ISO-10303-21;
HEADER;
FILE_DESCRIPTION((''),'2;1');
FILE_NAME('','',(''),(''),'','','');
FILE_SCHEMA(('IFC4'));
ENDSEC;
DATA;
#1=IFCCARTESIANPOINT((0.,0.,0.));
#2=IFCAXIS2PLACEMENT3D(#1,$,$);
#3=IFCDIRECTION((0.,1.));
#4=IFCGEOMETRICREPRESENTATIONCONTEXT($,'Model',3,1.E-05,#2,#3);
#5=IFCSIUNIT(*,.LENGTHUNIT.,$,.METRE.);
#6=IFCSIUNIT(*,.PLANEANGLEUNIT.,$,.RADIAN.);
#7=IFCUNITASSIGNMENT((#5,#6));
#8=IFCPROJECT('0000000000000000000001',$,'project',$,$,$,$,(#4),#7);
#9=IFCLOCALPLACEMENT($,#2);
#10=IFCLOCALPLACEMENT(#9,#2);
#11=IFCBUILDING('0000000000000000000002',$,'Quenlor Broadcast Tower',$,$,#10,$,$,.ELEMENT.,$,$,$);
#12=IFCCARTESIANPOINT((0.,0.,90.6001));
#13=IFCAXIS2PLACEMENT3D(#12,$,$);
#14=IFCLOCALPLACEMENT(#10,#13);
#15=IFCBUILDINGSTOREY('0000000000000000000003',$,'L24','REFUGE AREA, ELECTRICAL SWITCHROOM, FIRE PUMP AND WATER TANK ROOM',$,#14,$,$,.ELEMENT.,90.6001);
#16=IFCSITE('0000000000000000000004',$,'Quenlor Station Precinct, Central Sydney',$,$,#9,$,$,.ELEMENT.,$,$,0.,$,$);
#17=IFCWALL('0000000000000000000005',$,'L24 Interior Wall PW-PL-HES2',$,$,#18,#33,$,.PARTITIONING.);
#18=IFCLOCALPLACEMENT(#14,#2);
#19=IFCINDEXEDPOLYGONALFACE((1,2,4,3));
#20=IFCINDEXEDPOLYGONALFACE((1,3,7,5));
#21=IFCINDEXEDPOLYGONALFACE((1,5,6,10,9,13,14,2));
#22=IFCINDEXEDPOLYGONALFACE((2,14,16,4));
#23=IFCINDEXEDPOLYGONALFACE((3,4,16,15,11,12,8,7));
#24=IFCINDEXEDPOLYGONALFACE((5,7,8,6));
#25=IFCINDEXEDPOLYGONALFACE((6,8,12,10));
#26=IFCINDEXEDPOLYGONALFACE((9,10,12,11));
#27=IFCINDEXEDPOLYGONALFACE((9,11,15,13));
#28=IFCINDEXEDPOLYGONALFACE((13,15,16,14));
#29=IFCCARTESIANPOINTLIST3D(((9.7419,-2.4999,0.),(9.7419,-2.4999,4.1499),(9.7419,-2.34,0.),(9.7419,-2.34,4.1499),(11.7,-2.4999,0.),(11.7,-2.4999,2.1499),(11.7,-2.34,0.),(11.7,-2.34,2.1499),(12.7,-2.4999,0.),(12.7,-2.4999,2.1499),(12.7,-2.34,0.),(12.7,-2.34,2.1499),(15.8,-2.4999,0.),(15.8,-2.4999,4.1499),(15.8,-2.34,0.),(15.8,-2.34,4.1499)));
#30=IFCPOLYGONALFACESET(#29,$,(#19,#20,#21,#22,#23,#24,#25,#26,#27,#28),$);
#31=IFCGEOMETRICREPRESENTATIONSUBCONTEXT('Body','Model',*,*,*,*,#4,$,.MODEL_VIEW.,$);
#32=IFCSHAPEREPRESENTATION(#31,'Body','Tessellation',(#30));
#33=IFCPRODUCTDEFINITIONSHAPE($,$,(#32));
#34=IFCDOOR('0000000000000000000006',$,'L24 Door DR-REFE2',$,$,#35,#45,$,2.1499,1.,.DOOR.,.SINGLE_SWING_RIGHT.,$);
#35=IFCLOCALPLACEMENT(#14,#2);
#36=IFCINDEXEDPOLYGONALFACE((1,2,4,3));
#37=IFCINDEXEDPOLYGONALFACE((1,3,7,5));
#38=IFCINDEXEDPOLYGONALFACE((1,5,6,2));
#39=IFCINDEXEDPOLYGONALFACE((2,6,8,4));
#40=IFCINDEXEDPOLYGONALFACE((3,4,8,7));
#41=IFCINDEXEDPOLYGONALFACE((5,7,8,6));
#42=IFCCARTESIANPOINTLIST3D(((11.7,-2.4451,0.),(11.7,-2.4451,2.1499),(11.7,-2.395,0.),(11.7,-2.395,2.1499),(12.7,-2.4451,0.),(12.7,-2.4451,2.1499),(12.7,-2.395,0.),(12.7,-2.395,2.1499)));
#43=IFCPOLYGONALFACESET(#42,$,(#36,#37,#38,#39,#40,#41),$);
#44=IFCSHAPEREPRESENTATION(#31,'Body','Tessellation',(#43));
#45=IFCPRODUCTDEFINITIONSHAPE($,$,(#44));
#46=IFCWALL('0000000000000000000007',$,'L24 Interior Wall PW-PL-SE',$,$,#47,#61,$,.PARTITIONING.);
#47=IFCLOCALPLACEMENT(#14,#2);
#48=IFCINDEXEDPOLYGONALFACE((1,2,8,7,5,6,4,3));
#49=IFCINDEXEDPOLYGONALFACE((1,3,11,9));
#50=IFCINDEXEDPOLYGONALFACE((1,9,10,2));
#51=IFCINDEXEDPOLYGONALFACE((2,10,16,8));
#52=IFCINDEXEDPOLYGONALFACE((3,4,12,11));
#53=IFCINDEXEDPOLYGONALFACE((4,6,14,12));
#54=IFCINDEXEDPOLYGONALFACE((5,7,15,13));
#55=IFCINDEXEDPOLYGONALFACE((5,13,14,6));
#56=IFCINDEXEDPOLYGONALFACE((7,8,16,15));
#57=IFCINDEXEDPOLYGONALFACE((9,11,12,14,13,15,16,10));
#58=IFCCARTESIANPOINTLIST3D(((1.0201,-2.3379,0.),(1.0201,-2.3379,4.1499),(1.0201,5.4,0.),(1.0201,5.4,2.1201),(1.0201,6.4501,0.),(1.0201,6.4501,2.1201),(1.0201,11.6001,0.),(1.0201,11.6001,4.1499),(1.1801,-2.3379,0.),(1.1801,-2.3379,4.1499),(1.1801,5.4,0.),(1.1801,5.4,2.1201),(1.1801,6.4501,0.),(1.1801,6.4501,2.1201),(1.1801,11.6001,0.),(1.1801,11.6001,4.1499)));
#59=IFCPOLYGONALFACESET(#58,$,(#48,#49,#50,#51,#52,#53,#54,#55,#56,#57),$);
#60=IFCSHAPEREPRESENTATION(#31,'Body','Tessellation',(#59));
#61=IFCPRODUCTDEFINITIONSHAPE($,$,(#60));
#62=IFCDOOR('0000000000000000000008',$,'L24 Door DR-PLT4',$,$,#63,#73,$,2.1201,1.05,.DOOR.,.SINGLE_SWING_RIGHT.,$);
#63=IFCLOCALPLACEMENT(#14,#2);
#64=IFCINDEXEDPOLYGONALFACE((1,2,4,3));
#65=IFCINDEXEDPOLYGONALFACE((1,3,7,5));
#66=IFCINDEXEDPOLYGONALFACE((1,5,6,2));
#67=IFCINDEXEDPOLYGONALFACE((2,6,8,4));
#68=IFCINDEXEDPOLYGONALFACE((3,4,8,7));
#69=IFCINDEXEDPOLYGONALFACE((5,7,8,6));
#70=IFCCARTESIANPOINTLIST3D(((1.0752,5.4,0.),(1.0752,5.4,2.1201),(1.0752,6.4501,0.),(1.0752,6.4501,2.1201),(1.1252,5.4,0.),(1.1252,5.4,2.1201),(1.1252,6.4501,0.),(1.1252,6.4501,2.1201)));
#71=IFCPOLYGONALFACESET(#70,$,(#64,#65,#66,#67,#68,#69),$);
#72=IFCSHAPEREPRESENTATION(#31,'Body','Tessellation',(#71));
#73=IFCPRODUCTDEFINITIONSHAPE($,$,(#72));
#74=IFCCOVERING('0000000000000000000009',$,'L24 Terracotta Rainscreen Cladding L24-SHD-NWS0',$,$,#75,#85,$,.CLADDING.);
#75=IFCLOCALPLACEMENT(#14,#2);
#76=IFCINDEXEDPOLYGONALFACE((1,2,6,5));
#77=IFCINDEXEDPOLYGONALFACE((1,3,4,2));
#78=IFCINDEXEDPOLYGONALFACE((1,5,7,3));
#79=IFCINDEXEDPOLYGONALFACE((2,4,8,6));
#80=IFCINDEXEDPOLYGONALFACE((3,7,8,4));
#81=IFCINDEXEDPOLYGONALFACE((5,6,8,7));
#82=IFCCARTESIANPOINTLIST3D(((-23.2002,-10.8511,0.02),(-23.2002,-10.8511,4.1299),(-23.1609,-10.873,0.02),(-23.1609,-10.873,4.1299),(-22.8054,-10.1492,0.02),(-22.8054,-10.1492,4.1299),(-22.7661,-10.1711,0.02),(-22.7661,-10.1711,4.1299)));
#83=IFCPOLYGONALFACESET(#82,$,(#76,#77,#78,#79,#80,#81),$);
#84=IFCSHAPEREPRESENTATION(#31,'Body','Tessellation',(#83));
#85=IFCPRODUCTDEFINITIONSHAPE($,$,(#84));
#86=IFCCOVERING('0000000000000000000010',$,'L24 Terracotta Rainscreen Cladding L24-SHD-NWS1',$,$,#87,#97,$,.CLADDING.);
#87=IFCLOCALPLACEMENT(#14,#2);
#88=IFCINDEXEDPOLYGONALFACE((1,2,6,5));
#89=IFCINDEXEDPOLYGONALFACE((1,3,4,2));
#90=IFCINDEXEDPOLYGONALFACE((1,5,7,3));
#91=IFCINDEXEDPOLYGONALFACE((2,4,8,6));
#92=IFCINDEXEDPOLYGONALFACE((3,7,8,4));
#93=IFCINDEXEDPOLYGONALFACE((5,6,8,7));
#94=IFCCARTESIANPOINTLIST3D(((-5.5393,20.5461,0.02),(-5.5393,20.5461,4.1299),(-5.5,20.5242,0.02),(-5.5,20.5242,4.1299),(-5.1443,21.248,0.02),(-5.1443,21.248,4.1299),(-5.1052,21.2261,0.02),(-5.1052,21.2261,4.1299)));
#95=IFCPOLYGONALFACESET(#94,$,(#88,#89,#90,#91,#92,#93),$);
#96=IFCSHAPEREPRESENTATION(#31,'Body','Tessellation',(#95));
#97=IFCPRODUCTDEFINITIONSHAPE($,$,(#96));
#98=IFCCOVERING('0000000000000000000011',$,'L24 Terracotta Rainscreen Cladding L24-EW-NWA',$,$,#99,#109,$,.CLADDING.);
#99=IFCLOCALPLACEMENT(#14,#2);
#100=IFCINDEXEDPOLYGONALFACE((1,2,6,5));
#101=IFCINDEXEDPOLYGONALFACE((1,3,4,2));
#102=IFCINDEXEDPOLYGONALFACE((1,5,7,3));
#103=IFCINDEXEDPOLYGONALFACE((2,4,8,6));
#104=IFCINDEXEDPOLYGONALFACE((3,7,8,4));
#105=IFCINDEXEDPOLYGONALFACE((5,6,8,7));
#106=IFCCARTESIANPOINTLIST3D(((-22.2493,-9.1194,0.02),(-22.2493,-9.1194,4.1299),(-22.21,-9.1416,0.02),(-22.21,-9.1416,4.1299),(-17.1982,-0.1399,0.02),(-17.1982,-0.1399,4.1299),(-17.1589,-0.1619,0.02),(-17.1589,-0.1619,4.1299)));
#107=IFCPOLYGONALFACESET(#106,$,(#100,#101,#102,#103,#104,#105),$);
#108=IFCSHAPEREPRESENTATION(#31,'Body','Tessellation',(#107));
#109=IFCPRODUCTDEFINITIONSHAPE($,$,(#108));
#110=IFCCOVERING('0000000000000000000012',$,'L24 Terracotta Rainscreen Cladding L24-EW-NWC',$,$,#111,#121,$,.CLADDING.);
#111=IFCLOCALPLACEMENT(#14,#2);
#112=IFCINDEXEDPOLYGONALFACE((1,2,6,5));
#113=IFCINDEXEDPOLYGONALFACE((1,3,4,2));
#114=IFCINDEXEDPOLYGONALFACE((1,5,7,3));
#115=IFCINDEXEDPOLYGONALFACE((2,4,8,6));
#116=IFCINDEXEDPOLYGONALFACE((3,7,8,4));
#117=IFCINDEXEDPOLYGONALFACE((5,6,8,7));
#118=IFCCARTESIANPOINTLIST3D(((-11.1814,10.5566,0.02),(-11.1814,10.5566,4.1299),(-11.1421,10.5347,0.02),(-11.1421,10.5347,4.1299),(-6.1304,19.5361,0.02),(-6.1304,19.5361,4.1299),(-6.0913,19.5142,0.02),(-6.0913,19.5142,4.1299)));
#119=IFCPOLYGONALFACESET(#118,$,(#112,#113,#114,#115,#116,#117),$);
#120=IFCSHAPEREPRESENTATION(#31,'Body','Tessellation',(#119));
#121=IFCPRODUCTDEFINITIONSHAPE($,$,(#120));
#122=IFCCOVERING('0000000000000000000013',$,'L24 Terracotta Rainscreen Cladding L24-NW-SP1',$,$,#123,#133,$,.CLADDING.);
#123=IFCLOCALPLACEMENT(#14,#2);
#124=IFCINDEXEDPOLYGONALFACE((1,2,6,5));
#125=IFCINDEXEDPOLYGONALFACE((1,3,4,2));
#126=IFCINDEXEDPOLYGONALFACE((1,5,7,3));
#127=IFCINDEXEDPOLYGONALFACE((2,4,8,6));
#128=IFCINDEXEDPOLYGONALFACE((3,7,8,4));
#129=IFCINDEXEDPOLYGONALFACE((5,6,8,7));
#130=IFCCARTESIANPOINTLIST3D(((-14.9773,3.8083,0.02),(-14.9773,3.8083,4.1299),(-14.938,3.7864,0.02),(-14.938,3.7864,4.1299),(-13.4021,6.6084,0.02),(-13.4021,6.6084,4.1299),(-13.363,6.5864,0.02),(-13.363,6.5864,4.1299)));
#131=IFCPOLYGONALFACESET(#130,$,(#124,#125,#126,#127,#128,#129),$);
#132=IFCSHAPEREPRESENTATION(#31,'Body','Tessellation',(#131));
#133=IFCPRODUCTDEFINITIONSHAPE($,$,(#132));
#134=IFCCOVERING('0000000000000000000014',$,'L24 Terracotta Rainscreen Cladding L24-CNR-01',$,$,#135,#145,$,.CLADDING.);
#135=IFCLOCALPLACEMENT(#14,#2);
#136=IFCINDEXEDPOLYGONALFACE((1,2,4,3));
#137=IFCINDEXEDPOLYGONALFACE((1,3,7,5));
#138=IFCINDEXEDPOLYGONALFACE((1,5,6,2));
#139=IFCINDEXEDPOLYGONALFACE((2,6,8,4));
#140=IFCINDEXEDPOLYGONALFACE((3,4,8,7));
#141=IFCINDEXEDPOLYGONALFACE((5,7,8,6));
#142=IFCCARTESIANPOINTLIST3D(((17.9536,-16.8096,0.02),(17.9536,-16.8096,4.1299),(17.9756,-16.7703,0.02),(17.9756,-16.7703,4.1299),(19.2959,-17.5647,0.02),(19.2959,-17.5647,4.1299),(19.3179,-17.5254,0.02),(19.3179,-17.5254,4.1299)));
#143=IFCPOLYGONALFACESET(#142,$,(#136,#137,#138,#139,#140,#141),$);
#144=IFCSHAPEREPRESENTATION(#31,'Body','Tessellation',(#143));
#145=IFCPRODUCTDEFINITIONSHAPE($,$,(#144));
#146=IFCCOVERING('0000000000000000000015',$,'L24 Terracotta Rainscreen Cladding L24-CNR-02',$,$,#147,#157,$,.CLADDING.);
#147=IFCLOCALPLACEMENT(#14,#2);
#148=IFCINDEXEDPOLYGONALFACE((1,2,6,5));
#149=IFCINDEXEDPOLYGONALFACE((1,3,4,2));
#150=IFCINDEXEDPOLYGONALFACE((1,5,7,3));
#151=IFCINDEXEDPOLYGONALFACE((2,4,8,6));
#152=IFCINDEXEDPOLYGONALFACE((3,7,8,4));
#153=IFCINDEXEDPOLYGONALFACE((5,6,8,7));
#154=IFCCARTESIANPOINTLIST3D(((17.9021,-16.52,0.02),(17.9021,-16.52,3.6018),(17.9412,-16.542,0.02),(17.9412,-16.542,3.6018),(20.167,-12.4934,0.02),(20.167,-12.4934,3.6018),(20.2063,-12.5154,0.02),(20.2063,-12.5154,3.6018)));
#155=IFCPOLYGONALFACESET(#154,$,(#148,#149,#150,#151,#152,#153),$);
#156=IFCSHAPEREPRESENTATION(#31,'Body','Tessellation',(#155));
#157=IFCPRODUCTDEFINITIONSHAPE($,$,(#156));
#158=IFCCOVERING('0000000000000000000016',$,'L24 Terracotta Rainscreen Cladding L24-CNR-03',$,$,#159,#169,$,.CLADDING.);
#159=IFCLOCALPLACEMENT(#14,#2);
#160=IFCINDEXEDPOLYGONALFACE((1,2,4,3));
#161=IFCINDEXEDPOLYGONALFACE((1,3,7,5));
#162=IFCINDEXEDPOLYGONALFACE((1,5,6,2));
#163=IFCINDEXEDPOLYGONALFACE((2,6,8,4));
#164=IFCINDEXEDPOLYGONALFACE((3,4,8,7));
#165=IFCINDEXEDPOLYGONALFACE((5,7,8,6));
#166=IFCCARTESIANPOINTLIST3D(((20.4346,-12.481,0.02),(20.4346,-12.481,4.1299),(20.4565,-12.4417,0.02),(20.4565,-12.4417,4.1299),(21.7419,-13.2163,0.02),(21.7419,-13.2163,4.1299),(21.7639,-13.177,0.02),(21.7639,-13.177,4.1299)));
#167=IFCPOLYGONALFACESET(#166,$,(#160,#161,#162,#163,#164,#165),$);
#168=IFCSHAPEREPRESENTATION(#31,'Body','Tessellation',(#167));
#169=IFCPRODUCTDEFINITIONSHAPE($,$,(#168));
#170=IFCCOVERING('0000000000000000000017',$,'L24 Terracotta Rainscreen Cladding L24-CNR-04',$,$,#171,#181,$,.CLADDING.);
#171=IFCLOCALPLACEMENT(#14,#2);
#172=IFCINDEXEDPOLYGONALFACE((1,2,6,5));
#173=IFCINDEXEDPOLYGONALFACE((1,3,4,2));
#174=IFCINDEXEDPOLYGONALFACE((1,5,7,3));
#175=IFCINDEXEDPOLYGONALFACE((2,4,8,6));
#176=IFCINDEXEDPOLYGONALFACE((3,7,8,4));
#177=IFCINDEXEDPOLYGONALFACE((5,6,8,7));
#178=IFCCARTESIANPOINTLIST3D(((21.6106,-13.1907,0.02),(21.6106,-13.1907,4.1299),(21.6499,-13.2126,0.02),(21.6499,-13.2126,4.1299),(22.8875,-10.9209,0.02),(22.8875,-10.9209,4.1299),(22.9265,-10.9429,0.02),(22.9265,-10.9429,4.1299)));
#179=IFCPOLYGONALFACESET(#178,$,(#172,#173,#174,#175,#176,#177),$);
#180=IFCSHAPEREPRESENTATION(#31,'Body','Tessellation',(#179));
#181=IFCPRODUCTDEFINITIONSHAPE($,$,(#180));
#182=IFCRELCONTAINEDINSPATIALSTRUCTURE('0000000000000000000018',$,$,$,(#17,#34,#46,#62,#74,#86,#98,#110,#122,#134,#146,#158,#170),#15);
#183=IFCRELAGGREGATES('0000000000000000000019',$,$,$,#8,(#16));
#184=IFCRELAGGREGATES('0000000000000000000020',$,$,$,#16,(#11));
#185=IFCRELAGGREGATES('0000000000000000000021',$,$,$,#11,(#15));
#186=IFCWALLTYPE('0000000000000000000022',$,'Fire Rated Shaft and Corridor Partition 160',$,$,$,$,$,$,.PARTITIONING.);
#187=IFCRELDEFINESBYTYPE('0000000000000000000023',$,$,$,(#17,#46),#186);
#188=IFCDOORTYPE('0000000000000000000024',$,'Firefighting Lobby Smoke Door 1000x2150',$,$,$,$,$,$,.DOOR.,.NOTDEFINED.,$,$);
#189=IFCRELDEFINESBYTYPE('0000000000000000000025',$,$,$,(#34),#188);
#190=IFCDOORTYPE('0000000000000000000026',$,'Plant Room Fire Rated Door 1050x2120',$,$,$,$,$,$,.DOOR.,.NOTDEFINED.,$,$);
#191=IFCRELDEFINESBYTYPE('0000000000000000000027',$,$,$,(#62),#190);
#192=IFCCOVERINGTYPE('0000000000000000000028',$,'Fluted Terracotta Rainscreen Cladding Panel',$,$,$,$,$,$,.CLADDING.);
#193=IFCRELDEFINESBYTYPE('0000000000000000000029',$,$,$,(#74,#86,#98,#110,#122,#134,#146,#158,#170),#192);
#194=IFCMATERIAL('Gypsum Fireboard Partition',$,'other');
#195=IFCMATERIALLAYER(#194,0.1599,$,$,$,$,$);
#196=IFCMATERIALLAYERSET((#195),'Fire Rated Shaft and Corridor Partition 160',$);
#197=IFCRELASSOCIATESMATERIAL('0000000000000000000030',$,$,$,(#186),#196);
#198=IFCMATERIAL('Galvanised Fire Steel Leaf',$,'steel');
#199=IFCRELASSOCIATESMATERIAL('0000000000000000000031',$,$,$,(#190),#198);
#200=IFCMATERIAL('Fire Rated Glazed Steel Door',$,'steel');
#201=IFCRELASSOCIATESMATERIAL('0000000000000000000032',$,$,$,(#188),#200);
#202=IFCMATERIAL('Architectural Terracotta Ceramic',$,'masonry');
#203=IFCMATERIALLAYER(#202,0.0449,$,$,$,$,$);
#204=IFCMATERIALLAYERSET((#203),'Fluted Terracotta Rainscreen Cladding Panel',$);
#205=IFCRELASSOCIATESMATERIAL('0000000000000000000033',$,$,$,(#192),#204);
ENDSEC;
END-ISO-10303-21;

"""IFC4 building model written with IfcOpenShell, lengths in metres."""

from ifc_helpers import new_model, si_unit, direction, frame, frame_2d, origin, place, context, subcontext, project, spatial, polyline, rectangle, outline, extrude, material, layer, layer_set, type_object, element, fill, save


model = new_model("IFC4")

# Units and contexts
model_context = context("Model", 3, precision=1e-05, world=origin(), true_north=direction((0.0, 1.0)))
body_context = subcontext(model_context, "Body", "Model", "MODEL_VIEW")
ifc_project = project(units=[si_unit("LENGTHUNIT", "METRE"), si_unit("PLANEANGLEUNIT", "RADIAN")], contexts=[model_context])

# Site, building, storey
site_placement = place(None, origin())
site = spatial("IfcSite", under=ifc_project, at=site_placement, Name="Quenlor Station Precinct, Central Sydney", CompositionType="ELEMENT", RefElevation=0.0)
building_placement = place(site_placement, origin())
building = spatial("IfcBuilding", under=site, at=building_placement, Name="Quenlor Broadcast Tower", CompositionType="ELEMENT")
storey_placement = place(building_placement, frame((0.0, 0.0, 90.6001)))
storey = spatial("IfcBuildingStorey", under=building, at=storey_placement, Name="L24", Description="REFUGE AREA, ELECTRICAL SWITCHROOM, FIRE PUMP AND WATER TANK ROOM", CompositionType="ELEMENT", Elevation=90.6001)

# Shared definitions
ifc_material_1 = material(Name="Gypsum Fireboard Partition", Category="other")
ifc_layer_1 = layer(ifc_material_1, 0.1599)
ifc_layer_set_1 = layer_set([ifc_layer_1], Name="Fire Rated Shaft and Corridor Partition 160")
wall_type_1 = type_object("IfcWallType", Name="Fire Rated Shaft and Corridor Partition 160", PredefinedType="PARTITIONING", material=ifc_layer_set_1)

# Walls, openings, doors
ifc_material_2 = material(Name="Galvanised Fire Steel Leaf", Category="steel")
door_type_1 = type_object("IfcDoorType", Name="Plant Room Fire Rated Door 1050x2120", OperationType="NOTDEFINED", PredefinedType="DOOR", material=ifc_material_2)
wall_1_placement = place(storey_placement, frame((9.7419, -2.4199, 0.0), z_axis=(0.0, 0.0, 1.0), x_axis=(1.0, 0.0, 0.0)))
wall_1 = element("IfcWall", 1, at=wall_1_placement, inside=storey, type_object=wall_type_1, Name="L24 Interior Wall PW-PL-HES2", PredefinedType="PARTITIONING", context=body_context, shape_type="SweptSolid", body=[
    extrude(rectangle(XDim=6.0581, YDim=0.1599, at=frame_2d((3.0291, 0.0))), origin(), (0.0, 0.0, 1.0), 4.1499),
])
opening_1_placement = place(wall_1_placement, frame((1.958, 0.0, 0.0)))
opening_1 = element("IfcOpeningElement", 2, at=opening_1_placement, cuts=wall_1, PredefinedType="OPENING", context=body_context, shape_type="SweptSolid", body=[
    extrude(rectangle(XDim=1.0, YDim=2.1499, at=frame_2d((0.5, 1.075))), frame((0.0, 0.0898, 0.0), z_axis=(0.0, -1.0, 0.0), x_axis=(1.0, 0.0, 0.0)), (0.0, 0.0, 1.0), 0.1799),
])
ifc_material_3 = material(Name="Fire Rated Glazed Steel Door", Category="steel")
door_type_2 = type_object("IfcDoorType", Name="Firefighting Lobby Smoke Door 1000x2150", OperationType="NOTDEFINED", PredefinedType="DOOR", material=ifc_material_3)
door_1_placement = place(opening_1_placement, origin())
door_1 = element("IfcDoor", 3, at=door_1_placement, inside=storey, type_object=door_type_2, Name="L24 Door DR-REFE2", OperationType="SINGLE_SWING_RIGHT", OverallHeight=2.1499, OverallWidth=1.0, PredefinedType="DOOR", context=body_context, shape_type="SweptSolid", body=[
    extrude(rectangle(XDim=1.0, YDim=2.1499, at=frame_2d((0.5, 1.075))), frame((0.0, 0.0249, 0.0), z_axis=(0.0, -1.0, 0.0), x_axis=(1.0, 0.0, 0.0)), (0.0, 0.0, 1.0), 0.05),
])
fill(opening_1, door_1)
wall_2_placement = place(storey_placement, frame((1.1001, -2.3379, 0.0), z_axis=(0.0, 0.0, 1.0), x_axis=(0.0, 1.0, 0.0)))
wall_2 = element("IfcWall", 4, at=wall_2_placement, inside=storey, type_object=wall_type_1, Name="L24 Interior Wall PW-PL-SE", PredefinedType="PARTITIONING", context=body_context, shape_type="SweptSolid", body=[
    extrude(rectangle(XDim=13.938, YDim=0.1599, at=frame_2d((6.969, 0.0))), origin(), (0.0, 0.0, 1.0), 4.1499),
])
opening_2_placement = place(wall_2_placement, frame((7.738, 0.0, 0.0)))
opening_2 = element("IfcOpeningElement", 5, at=opening_2_placement, cuts=wall_2, PredefinedType="OPENING", context=body_context, shape_type="SweptSolid", body=[
    extrude(rectangle(XDim=1.05, YDim=2.1201, at=frame_2d((0.5249, 1.0601))), frame((0.0, 0.0898, 0.0), z_axis=(0.0, -1.0, 0.0), x_axis=(1.0, 0.0, 0.0)), (0.0, 0.0, 1.0), 0.1799),
])
door_2_placement = place(opening_2_placement, origin())
door_2 = element("IfcDoor", 6, at=door_2_placement, inside=storey, type_object=door_type_1, Name="L24 Door DR-PLT4", OperationType="SINGLE_SWING_RIGHT", OverallHeight=2.1201, OverallWidth=1.05, PredefinedType="DOOR", context=body_context, shape_type="SweptSolid", body=[
    extrude(rectangle(XDim=1.05, YDim=2.1201, at=frame_2d((0.5249, 1.0601))), frame((0.0, 0.0249, 0.0), z_axis=(0.0, -1.0, 0.0), x_axis=(1.0, 0.0, 0.0)), (0.0, 0.0, 1.0), 0.05),
])
fill(opening_2, door_2)

# Coverings
ifc_material_4 = material(Name="Architectural Terracotta Ceramic", Category="masonry")
ifc_layer_2 = layer(ifc_material_4, 0.0449)
ifc_layer_set_2 = layer_set([ifc_layer_2], Name="Fluted Terracotta Rainscreen Cladding Panel")
covering_type = type_object("IfcCoveringType", Name="Fluted Terracotta Rainscreen Cladding Panel", PredefinedType="CLADDING", material=ifc_layer_set_2)
covering_1_placement = place(storey_placement, frame((0.0, 0.0, 0.02)))
element("IfcCovering", 7, at=covering_1_placement, inside=storey, type_object=covering_type, Name="L24 Terracotta Rainscreen Cladding L24-SHD-NWS0", PredefinedType="CLADDING", context=body_context, shape_type="SweptSolid", body=[
    extrude(outline(polyline([(-23.1609, -10.873), (-22.7661, -10.1711), (-22.8054, -10.1492), (-23.2002, -10.8511), (-23.1609, -10.873)])), origin(), (0.0, 0.0, 1.0), 4.1099),
])
covering_2_placement = place(storey_placement, frame((0.0, 0.0, 0.02)))
element("IfcCovering", 8, at=covering_2_placement, inside=storey, type_object=covering_type, Name="L24 Terracotta Rainscreen Cladding L24-SHD-NWS1", PredefinedType="CLADDING", context=body_context, shape_type="SweptSolid", body=[
    extrude(outline(polyline([(-5.5, 20.5242), (-5.1052, 21.2261), (-5.1443, 21.248), (-5.5393, 20.5461), (-5.5, 20.5242)])), origin(), (0.0, 0.0, 1.0), 4.1099),
])
covering_3_placement = place(storey_placement, frame((0.0, 0.0, 0.02)))
element("IfcCovering", 9, at=covering_3_placement, inside=storey, type_object=covering_type, Name="L24 Terracotta Rainscreen Cladding L24-EW-NWA", PredefinedType="CLADDING", context=body_context, shape_type="SweptSolid", body=[
    extrude(outline(polyline([(-22.21, -9.1416), (-17.1589, -0.1619), (-17.1982, -0.1399), (-22.2493, -9.1194), (-22.21, -9.1416)])), origin(), (0.0, 0.0, 1.0), 4.1099),
])
covering_4_placement = place(storey_placement, frame((0.0, 0.0, 0.02)))
element("IfcCovering", 10, at=covering_4_placement, inside=storey, type_object=covering_type, Name="L24 Terracotta Rainscreen Cladding L24-EW-NWC", PredefinedType="CLADDING", context=body_context, shape_type="SweptSolid", body=[
    extrude(outline(polyline([(-11.1421, 10.5347), (-6.0913, 19.5142), (-6.1304, 19.5361), (-11.1814, 10.5566), (-11.1421, 10.5347)])), origin(), (0.0, 0.0, 1.0), 4.1099),
])
covering_5_placement = place(storey_placement, frame((0.0, 0.0, 0.02)))
element("IfcCovering", 11, at=covering_5_placement, inside=storey, type_object=covering_type, Name="L24 Terracotta Rainscreen Cladding L24-NW-SP1", PredefinedType="CLADDING", context=body_context, shape_type="SweptSolid", body=[
    extrude(outline(polyline([(-14.938, 3.7864), (-13.363, 6.5864), (-13.4021, 6.6084), (-14.9773, 3.8083), (-14.938, 3.7864)])), origin(), (0.0, 0.0, 1.0), 4.1099),
])
covering_6_placement = place(storey_placement, frame((0.0, 0.0, 0.02)))
element("IfcCovering", 12, at=covering_6_placement, inside=storey, type_object=covering_type, Name="L24 Terracotta Rainscreen Cladding L24-CNR-01", PredefinedType="CLADDING", context=body_context, shape_type="SweptSolid", body=[
    extrude(outline(polyline([(19.3179, -17.5254), (17.9756, -16.7703), (17.9536, -16.8096), (19.2959, -17.5647), (19.3179, -17.5254)])), origin(), (0.0, 0.0, 1.0), 4.1099),
])
covering_7_placement = place(storey_placement, frame((0.0, 0.0, 0.02)))
element("IfcCovering", 13, at=covering_7_placement, inside=storey, type_object=covering_type, Name="L24 Terracotta Rainscreen Cladding L24-CNR-02", PredefinedType="CLADDING", context=body_context, shape_type="SweptSolid", body=[
    extrude(outline(polyline([(17.9412, -16.542), (20.2063, -12.5154), (20.167, -12.4934), (17.9021, -16.52), (17.9412, -16.542)])), origin(), (0.0, 0.0, 1.0), 3.5818),
])
covering_8_placement = place(storey_placement, frame((0.0, 0.0, 0.02)))
element("IfcCovering", 14, at=covering_8_placement, inside=storey, type_object=covering_type, Name="L24 Terracotta Rainscreen Cladding L24-CNR-03", PredefinedType="CLADDING", context=body_context, shape_type="SweptSolid", body=[
    extrude(outline(polyline([(20.4346, -12.481), (21.7419, -13.2163), (21.7639, -13.177), (20.4565, -12.4417), (20.4346, -12.481)])), origin(), (0.0, 0.0, 1.0), 4.1099),
])
covering_9_placement = place(storey_placement, frame((0.0, 0.0, 0.02)))
element("IfcCovering", 15, at=covering_9_placement, inside=storey, type_object=covering_type, Name="L24 Terracotta Rainscreen Cladding L24-CNR-04", PredefinedType="CLADDING", context=body_context, shape_type="SweptSolid", body=[
    extrude(outline(polyline([(21.6499, -13.2126), (22.9265, -10.9429), (22.8875, -10.9209), (21.6106, -13.1907), (21.6499, -13.2126)])), origin(), (0.0, 0.0, 1.0), 4.1099),
])

save(model, "model.ifc")
